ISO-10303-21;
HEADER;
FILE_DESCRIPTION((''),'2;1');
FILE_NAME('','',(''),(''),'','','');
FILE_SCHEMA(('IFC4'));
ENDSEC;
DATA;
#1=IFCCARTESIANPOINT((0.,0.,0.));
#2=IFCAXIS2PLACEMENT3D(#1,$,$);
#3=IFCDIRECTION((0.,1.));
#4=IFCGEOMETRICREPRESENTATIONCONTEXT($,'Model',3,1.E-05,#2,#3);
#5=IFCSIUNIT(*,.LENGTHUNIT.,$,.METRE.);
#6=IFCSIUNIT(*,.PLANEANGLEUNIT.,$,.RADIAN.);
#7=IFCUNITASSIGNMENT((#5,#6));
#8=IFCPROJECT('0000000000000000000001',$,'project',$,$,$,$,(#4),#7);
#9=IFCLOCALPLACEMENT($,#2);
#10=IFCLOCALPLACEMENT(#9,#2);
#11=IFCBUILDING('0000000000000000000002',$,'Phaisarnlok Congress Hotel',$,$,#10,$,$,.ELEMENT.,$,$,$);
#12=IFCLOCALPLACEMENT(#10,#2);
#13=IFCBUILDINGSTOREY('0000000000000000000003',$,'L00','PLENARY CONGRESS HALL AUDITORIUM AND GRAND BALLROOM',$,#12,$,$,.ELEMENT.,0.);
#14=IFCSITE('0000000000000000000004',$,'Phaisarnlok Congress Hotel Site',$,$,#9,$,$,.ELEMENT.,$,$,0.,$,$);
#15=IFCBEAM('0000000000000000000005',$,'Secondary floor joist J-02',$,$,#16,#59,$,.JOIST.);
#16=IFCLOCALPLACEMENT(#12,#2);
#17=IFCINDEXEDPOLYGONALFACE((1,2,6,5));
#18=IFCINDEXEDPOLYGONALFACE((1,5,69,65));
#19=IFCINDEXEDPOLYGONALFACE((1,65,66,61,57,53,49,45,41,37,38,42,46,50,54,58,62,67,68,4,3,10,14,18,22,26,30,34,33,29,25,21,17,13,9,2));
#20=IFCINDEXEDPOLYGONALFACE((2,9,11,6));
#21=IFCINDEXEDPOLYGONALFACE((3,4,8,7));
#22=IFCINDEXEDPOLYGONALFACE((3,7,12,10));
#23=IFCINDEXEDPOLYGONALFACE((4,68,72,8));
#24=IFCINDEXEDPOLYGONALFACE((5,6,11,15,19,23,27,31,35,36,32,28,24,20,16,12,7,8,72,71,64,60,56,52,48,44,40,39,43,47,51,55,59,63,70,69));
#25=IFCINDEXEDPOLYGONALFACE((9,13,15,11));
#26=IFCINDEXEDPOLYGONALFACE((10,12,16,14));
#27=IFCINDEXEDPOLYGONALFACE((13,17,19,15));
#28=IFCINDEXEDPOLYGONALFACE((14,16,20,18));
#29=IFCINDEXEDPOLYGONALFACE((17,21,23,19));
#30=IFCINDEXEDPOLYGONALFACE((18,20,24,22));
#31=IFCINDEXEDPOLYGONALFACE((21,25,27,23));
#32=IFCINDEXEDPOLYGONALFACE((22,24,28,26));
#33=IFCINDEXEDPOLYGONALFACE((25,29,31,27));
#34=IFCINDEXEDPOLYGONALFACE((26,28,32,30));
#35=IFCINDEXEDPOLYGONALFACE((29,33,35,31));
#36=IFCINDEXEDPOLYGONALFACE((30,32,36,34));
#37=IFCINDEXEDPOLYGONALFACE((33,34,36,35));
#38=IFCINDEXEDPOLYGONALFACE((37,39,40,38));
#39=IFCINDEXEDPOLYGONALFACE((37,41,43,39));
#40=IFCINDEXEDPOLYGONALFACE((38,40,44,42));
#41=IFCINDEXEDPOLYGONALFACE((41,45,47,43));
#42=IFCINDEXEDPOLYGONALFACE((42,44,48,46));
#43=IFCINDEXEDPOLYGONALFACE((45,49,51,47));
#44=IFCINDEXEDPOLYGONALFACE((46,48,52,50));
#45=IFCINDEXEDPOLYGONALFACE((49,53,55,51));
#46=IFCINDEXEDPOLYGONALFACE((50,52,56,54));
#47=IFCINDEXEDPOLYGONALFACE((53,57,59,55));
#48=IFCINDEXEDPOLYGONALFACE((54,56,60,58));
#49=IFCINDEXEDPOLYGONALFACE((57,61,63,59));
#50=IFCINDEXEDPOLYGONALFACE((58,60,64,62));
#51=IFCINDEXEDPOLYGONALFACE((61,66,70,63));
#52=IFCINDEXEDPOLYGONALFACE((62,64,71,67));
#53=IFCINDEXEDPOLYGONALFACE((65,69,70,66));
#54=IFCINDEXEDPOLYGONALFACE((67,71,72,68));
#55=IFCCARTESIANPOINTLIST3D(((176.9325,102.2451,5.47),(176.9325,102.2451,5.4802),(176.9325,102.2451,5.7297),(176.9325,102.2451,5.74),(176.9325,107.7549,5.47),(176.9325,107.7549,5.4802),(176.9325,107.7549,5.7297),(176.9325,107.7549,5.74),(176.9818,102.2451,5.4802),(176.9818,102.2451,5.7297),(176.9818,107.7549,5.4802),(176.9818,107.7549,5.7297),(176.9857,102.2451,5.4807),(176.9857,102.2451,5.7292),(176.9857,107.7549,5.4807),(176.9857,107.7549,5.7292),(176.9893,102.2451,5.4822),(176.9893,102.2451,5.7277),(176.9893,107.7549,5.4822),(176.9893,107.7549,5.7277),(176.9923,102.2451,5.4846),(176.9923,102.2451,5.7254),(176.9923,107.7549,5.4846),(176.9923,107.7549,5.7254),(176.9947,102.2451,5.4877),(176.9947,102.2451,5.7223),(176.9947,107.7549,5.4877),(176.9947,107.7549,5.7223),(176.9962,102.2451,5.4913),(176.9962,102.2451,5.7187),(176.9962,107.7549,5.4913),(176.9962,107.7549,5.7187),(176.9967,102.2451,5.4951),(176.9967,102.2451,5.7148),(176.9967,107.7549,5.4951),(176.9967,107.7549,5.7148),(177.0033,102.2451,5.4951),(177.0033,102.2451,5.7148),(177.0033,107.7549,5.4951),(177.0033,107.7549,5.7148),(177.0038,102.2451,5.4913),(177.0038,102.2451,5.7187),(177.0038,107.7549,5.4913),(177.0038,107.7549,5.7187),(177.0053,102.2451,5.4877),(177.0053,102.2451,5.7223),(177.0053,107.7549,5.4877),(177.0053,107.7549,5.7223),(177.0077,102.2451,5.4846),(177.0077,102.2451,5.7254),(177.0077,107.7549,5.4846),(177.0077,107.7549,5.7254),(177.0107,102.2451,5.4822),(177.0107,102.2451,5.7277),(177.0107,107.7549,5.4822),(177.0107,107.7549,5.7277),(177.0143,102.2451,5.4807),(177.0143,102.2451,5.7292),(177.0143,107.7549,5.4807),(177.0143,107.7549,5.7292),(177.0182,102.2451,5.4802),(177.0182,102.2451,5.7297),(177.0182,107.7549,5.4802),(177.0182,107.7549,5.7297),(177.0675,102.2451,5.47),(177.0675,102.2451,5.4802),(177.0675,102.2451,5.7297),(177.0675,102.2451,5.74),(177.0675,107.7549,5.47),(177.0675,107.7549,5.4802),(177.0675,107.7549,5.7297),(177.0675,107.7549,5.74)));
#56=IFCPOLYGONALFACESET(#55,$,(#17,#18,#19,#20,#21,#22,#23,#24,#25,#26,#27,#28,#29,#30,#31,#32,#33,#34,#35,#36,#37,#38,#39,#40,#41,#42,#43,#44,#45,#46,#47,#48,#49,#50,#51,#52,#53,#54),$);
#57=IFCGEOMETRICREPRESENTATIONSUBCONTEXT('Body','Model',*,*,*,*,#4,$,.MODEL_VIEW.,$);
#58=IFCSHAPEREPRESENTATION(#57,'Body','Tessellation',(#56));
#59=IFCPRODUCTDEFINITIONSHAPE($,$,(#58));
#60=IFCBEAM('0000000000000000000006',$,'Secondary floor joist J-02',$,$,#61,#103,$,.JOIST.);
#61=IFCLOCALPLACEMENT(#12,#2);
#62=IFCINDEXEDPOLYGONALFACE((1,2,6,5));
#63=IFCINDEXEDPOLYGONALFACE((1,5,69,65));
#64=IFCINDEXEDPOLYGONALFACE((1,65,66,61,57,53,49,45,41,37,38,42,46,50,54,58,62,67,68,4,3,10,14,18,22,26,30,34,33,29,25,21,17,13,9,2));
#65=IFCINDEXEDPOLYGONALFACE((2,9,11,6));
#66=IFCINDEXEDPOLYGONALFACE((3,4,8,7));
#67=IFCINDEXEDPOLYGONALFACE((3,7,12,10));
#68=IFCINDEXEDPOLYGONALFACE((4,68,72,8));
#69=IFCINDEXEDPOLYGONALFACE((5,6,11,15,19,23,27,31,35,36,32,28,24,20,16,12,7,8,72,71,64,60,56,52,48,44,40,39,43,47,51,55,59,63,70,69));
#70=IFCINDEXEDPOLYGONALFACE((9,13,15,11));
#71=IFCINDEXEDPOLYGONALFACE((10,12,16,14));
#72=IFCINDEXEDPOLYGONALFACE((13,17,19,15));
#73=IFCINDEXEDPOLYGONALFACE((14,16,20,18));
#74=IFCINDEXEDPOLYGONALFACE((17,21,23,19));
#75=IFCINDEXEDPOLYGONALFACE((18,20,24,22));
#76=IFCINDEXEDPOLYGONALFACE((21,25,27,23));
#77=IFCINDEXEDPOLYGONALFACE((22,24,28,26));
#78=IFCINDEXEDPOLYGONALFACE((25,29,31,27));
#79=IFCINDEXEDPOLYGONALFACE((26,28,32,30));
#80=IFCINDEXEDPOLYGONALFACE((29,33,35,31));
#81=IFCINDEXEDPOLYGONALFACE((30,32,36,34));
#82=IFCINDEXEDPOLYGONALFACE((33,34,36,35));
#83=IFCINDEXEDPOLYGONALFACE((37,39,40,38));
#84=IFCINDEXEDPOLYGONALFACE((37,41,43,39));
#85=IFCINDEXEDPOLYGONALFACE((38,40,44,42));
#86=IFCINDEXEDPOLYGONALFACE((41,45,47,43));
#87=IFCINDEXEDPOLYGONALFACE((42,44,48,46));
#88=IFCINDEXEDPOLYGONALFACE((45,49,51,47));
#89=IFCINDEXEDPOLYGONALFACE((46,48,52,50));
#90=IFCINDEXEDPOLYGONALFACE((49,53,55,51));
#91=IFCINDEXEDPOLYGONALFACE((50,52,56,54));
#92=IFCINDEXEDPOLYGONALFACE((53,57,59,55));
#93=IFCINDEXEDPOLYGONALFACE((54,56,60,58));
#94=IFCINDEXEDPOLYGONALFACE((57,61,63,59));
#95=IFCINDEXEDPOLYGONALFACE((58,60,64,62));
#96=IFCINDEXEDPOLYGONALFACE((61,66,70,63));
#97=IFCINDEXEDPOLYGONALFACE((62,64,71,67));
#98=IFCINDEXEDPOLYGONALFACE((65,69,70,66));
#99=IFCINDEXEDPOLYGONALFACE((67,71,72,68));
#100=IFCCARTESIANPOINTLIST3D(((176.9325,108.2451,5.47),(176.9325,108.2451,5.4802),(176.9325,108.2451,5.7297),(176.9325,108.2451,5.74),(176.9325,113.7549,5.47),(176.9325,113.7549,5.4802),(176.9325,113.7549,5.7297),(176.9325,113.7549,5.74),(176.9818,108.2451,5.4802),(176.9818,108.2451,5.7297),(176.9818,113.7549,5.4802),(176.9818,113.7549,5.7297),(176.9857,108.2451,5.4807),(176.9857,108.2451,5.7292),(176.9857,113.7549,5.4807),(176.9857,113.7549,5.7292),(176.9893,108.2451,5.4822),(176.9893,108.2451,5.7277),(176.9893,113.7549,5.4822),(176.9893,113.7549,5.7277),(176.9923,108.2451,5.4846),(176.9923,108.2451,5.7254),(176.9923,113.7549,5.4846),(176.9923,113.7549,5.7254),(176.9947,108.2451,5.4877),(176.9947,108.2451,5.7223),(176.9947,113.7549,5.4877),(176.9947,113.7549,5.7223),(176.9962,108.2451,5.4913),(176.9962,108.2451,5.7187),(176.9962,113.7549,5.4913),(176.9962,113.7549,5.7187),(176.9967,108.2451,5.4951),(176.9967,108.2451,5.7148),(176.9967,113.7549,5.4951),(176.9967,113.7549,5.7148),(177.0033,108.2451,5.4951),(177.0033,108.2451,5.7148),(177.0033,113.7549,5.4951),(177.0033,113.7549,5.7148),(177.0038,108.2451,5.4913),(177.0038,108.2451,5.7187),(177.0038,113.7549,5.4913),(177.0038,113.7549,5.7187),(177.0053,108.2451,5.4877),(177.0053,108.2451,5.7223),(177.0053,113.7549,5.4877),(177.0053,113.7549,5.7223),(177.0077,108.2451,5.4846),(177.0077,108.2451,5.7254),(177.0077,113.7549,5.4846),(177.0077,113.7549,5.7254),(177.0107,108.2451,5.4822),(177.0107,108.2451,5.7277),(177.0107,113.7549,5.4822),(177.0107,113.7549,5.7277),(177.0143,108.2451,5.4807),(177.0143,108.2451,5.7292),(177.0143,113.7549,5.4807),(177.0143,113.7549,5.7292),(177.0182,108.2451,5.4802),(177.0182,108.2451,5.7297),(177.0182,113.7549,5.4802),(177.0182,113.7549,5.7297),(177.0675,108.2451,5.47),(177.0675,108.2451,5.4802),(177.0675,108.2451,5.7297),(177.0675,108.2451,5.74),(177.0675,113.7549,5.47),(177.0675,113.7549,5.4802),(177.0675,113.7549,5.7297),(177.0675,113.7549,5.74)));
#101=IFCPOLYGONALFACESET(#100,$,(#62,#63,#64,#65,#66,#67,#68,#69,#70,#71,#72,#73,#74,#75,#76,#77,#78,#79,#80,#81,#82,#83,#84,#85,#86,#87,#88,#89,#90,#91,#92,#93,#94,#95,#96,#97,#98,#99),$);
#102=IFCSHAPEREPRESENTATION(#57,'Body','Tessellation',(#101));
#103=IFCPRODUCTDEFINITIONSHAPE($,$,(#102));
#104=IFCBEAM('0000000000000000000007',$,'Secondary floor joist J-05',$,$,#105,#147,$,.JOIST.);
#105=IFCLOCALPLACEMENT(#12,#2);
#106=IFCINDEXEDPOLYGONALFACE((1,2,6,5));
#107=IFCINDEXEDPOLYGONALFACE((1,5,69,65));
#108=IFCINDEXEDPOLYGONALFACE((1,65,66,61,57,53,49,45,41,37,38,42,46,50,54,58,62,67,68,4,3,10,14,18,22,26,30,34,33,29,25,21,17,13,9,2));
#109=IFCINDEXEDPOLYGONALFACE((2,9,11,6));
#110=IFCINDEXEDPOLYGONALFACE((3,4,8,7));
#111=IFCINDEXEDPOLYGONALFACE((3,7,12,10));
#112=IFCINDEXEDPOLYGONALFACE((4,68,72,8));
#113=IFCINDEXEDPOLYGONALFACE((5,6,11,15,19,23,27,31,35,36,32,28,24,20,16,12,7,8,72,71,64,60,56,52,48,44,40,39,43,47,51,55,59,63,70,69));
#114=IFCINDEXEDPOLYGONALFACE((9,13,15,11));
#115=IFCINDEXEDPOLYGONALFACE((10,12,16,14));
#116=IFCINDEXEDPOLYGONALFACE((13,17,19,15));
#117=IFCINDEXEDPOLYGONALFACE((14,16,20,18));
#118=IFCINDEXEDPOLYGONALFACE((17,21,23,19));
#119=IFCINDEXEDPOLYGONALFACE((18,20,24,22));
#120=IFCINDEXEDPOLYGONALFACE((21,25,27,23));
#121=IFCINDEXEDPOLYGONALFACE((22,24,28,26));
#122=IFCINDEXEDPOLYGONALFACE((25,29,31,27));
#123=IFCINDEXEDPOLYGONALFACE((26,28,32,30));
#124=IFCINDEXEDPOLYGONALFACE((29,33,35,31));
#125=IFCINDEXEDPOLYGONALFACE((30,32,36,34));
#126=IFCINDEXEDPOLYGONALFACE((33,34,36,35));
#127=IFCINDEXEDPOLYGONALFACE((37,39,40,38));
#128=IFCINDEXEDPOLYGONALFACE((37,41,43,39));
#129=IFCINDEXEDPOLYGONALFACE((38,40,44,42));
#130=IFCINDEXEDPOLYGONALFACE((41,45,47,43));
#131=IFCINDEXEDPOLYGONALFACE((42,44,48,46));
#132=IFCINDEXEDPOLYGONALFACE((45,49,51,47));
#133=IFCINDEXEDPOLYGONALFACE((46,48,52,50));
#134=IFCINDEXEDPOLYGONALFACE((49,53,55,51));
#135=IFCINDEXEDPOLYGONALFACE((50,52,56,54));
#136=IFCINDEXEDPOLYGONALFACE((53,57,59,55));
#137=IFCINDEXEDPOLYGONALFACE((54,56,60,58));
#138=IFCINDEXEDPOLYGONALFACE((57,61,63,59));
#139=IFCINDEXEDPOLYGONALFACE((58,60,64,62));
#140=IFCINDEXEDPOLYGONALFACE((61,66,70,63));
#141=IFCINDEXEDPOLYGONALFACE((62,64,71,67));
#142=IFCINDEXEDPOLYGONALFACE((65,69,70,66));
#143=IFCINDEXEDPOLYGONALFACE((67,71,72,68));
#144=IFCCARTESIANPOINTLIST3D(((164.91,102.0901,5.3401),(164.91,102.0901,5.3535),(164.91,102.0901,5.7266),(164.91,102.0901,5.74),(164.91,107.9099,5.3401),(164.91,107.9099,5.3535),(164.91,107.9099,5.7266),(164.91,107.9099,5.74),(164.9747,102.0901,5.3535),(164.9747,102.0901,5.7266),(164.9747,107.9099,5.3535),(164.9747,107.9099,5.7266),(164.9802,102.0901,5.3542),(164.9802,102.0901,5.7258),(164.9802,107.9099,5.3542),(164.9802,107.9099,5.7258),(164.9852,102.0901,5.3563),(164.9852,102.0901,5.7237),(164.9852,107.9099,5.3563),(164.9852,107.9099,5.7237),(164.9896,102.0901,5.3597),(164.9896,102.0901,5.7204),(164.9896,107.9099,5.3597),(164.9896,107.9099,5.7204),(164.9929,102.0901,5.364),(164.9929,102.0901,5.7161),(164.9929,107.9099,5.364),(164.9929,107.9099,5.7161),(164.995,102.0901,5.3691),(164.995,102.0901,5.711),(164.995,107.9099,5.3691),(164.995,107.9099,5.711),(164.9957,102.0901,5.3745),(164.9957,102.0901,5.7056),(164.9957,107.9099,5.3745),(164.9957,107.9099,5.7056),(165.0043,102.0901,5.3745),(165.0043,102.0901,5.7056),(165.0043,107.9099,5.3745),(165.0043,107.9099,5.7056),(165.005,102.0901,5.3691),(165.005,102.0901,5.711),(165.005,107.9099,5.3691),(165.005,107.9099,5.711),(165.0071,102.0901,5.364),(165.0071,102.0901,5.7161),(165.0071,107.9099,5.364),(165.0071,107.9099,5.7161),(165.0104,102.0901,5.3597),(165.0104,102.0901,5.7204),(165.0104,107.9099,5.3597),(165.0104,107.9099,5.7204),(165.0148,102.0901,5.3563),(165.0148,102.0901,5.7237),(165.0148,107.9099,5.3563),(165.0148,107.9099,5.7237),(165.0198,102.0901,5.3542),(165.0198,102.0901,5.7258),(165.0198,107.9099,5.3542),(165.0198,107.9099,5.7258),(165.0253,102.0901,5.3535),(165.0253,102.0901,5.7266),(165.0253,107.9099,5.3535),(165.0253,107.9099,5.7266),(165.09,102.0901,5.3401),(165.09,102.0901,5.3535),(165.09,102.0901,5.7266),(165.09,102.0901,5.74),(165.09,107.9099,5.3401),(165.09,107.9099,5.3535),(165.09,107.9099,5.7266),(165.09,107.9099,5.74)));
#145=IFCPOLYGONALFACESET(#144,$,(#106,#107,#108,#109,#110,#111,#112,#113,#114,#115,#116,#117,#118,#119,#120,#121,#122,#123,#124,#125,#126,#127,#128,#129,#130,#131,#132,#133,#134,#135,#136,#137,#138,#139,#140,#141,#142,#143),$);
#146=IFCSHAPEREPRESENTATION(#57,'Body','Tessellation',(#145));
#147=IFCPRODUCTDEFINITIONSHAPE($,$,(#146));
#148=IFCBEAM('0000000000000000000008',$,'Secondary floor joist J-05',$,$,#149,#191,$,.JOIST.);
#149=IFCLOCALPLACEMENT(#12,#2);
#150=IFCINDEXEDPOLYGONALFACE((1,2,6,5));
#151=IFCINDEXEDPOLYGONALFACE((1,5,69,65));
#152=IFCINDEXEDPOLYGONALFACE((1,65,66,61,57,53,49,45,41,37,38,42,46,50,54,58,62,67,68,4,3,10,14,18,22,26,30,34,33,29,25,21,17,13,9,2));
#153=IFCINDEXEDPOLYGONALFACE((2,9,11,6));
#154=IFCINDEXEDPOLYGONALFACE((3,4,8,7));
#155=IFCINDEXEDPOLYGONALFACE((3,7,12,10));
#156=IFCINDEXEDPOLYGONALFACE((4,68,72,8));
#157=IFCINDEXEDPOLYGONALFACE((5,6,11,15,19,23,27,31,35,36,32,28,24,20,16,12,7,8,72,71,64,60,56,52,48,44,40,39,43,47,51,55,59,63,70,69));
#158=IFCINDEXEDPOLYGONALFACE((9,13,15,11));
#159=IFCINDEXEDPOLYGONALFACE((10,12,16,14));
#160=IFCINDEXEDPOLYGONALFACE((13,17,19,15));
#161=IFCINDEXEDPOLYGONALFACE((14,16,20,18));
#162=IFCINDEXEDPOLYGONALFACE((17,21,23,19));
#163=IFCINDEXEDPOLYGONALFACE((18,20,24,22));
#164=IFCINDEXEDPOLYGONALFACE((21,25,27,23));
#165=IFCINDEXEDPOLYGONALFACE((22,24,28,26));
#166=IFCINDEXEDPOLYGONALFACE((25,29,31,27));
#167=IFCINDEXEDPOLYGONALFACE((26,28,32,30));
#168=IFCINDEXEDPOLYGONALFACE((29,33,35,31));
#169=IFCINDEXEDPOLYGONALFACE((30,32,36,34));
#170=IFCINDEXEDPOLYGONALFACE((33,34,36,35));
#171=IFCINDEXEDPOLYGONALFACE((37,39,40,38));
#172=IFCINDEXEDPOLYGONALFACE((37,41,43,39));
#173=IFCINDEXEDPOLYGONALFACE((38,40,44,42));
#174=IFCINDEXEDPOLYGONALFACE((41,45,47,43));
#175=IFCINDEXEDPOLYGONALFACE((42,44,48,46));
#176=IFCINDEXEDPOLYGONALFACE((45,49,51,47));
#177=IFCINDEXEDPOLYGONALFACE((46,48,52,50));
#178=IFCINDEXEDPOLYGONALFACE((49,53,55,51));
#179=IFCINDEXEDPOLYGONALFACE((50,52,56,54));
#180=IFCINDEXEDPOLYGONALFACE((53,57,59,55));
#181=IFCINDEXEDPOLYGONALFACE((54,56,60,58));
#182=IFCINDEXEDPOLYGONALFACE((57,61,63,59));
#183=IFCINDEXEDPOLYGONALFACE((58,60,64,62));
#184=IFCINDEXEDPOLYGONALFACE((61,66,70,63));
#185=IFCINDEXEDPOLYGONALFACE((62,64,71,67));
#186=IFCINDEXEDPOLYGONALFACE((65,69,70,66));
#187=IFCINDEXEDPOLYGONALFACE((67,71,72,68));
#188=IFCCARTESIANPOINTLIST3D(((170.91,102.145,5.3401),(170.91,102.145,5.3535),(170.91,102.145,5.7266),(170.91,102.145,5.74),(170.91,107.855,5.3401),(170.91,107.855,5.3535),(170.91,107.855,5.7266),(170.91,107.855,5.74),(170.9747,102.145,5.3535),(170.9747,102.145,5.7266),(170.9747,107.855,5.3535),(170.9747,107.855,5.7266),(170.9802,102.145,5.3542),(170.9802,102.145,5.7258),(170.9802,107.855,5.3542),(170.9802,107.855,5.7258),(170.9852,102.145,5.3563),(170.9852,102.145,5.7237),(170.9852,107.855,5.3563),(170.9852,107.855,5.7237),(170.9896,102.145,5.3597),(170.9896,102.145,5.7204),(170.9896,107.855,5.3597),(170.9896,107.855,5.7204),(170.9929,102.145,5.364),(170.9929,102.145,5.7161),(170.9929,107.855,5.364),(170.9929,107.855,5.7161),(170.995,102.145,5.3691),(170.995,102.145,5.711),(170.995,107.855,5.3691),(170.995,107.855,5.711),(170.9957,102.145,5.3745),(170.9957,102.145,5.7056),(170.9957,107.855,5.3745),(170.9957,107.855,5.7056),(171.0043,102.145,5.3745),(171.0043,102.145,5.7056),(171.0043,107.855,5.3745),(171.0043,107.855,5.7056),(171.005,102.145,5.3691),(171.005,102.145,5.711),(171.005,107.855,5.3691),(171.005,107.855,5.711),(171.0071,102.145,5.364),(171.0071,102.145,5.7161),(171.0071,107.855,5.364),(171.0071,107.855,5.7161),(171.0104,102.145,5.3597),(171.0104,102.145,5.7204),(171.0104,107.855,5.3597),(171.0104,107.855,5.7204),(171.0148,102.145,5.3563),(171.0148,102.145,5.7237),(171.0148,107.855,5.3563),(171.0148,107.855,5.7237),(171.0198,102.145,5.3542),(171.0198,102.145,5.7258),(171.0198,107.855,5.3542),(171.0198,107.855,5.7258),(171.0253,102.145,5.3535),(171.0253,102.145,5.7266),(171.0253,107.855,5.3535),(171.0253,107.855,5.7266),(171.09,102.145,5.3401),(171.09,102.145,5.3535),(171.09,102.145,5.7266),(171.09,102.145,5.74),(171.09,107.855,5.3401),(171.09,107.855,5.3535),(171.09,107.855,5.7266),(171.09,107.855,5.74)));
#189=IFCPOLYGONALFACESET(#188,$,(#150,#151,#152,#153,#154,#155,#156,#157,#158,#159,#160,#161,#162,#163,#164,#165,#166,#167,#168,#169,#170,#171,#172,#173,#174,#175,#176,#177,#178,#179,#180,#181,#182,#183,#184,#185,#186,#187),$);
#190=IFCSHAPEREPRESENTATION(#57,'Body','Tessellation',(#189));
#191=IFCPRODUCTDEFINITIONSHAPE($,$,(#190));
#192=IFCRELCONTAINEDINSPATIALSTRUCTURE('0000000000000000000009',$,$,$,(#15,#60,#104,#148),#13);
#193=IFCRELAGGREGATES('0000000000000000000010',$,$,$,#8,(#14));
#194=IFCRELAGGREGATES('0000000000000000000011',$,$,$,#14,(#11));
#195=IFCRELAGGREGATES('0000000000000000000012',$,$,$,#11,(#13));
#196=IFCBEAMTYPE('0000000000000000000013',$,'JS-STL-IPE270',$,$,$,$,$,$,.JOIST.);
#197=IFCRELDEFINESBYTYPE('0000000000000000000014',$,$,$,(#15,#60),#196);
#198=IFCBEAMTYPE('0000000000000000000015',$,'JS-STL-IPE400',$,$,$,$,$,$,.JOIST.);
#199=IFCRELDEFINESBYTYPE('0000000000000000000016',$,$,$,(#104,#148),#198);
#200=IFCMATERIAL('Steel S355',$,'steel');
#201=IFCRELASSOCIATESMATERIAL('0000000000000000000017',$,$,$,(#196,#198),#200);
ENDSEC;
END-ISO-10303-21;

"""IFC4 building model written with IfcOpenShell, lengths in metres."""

from ifc_helpers import new_model, si_unit, direction, frame, origin, origin_2d, place, context, subcontext, project, spatial, i_section, extrude, material, material_profile, profile_set, type_object, element, save


model = new_model("IFC4")

# Units and contexts
model_context = context("Model", 3, precision=1e-05, world=origin(), true_north=direction((0.0, 1.0)))
body_context = subcontext(model_context, "Body", "Model", "MODEL_VIEW")
ifc_project = project(units=[si_unit("LENGTHUNIT", "METRE"), si_unit("PLANEANGLEUNIT", "RADIAN")], contexts=[model_context])

# Site, building, storey
site_placement = place(None, origin())
site = spatial("IfcSite", under=ifc_project, at=site_placement, Name="Phaisarnlok Congress Hotel Site", CompositionType="ELEMENT", RefElevation=0.0)
building_placement = place(site_placement, origin())
building = spatial("IfcBuilding", under=site, at=building_placement, Name="Phaisarnlok Congress Hotel", CompositionType="ELEMENT")
storey_placement = place(building_placement, origin())
storey = spatial("IfcBuildingStorey", under=building, at=storey_placement, Name="L00", Description="PLENARY CONGRESS HALL AUDITORIUM AND GRAND BALLROOM", CompositionType="ELEMENT", Elevation=0.0)

# Shared definitions
ifc_material_1 = material(Name="Steel S355", Category="steel")

# Beams
ifc_material_profile_1 = material_profile(ifc_material_1, i_section(OverallWidth=0.135, OverallDepth=0.27, WebThickness=0.0066, FlangeThickness=0.0103, FilletRadius=0.0149, at=origin_2d()), Name="IPE 270")
ifc_profile_set_1 = profile_set([ifc_material_profile_1], Name="Steel S355")
beam_type_1 = type_object("IfcBeamType", Name="JS-STL-IPE270", PredefinedType="JOIST", material=ifc_profile_set_1)
for number, where, z_axis, x_axis, name in (
    (1, (177.0, 102.2451, 5.605), (0.0, 1.0, 0.0), (-1.0, 0.0, 0.0), "Secondary floor joist J-02"),
    (2, (177.0, 108.2451, 5.605), (0.0, 1.0, 0.0), (-1.0, 0.0, 0.0), "Secondary floor joist J-02"),
):
    element("IfcBeam", number, at=place(storey_placement, frame(where, z_axis=z_axis, x_axis=x_axis)), inside=storey, type_object=beam_type_1, Name=name, PredefinedType="JOIST", context=body_context, shape_type="SweptSolid", body=[
        extrude(i_section(OverallWidth=0.135, OverallDepth=0.27, WebThickness=0.0066, FlangeThickness=0.0103, FilletRadius=0.0149, at=origin_2d()), origin(), (0.0, 0.0, 1.0), 5.5098),
    ])
ifc_material_profile_2 = material_profile(ifc_material_1, i_section(OverallWidth=0.1799, OverallDepth=0.3999, WebThickness=0.0085, FlangeThickness=0.0134, FilletRadius=0.021, at=origin_2d()), Name="IPE 400")
ifc_profile_set_2 = profile_set([ifc_material_profile_2], Name="Steel S355")
beam_type_2 = type_object("IfcBeamType", Name="JS-STL-IPE400", PredefinedType="JOIST", material=ifc_profile_set_2)
beam_1_placement = place(storey_placement, frame((165.0, 102.0901, 5.54), z_axis=(0.0, 1.0, 0.0), x_axis=(-1.0, 0.0, 0.0)))
element("IfcBeam", 3, at=beam_1_placement, inside=storey, type_object=beam_type_2, Name="Secondary floor joist J-05", PredefinedType="JOIST", context=body_context, shape_type="SweptSolid", body=[
    extrude(i_section(OverallWidth=0.1799, OverallDepth=0.3999, WebThickness=0.0085, FlangeThickness=0.0134, FilletRadius=0.021, at=origin_2d()), origin(), (0.0, 0.0, 1.0), 5.8198),
])
beam_2_placement = place(storey_placement, frame((171.0, 102.145, 5.54), z_axis=(0.0, 1.0, 0.0), x_axis=(-1.0, 0.0, 0.0)))
element("IfcBeam", 4, at=beam_2_placement, inside=storey, type_object=beam_type_2, Name="Secondary floor joist J-05", PredefinedType="JOIST", context=body_context, shape_type="SweptSolid", body=[
    extrude(i_section(OverallWidth=0.1799, OverallDepth=0.3999, WebThickness=0.0085, FlangeThickness=0.0134, FilletRadius=0.021, at=origin_2d()), origin(), (0.0, 0.0, 1.0), 5.71),
])

save(model, "model.ifc")
